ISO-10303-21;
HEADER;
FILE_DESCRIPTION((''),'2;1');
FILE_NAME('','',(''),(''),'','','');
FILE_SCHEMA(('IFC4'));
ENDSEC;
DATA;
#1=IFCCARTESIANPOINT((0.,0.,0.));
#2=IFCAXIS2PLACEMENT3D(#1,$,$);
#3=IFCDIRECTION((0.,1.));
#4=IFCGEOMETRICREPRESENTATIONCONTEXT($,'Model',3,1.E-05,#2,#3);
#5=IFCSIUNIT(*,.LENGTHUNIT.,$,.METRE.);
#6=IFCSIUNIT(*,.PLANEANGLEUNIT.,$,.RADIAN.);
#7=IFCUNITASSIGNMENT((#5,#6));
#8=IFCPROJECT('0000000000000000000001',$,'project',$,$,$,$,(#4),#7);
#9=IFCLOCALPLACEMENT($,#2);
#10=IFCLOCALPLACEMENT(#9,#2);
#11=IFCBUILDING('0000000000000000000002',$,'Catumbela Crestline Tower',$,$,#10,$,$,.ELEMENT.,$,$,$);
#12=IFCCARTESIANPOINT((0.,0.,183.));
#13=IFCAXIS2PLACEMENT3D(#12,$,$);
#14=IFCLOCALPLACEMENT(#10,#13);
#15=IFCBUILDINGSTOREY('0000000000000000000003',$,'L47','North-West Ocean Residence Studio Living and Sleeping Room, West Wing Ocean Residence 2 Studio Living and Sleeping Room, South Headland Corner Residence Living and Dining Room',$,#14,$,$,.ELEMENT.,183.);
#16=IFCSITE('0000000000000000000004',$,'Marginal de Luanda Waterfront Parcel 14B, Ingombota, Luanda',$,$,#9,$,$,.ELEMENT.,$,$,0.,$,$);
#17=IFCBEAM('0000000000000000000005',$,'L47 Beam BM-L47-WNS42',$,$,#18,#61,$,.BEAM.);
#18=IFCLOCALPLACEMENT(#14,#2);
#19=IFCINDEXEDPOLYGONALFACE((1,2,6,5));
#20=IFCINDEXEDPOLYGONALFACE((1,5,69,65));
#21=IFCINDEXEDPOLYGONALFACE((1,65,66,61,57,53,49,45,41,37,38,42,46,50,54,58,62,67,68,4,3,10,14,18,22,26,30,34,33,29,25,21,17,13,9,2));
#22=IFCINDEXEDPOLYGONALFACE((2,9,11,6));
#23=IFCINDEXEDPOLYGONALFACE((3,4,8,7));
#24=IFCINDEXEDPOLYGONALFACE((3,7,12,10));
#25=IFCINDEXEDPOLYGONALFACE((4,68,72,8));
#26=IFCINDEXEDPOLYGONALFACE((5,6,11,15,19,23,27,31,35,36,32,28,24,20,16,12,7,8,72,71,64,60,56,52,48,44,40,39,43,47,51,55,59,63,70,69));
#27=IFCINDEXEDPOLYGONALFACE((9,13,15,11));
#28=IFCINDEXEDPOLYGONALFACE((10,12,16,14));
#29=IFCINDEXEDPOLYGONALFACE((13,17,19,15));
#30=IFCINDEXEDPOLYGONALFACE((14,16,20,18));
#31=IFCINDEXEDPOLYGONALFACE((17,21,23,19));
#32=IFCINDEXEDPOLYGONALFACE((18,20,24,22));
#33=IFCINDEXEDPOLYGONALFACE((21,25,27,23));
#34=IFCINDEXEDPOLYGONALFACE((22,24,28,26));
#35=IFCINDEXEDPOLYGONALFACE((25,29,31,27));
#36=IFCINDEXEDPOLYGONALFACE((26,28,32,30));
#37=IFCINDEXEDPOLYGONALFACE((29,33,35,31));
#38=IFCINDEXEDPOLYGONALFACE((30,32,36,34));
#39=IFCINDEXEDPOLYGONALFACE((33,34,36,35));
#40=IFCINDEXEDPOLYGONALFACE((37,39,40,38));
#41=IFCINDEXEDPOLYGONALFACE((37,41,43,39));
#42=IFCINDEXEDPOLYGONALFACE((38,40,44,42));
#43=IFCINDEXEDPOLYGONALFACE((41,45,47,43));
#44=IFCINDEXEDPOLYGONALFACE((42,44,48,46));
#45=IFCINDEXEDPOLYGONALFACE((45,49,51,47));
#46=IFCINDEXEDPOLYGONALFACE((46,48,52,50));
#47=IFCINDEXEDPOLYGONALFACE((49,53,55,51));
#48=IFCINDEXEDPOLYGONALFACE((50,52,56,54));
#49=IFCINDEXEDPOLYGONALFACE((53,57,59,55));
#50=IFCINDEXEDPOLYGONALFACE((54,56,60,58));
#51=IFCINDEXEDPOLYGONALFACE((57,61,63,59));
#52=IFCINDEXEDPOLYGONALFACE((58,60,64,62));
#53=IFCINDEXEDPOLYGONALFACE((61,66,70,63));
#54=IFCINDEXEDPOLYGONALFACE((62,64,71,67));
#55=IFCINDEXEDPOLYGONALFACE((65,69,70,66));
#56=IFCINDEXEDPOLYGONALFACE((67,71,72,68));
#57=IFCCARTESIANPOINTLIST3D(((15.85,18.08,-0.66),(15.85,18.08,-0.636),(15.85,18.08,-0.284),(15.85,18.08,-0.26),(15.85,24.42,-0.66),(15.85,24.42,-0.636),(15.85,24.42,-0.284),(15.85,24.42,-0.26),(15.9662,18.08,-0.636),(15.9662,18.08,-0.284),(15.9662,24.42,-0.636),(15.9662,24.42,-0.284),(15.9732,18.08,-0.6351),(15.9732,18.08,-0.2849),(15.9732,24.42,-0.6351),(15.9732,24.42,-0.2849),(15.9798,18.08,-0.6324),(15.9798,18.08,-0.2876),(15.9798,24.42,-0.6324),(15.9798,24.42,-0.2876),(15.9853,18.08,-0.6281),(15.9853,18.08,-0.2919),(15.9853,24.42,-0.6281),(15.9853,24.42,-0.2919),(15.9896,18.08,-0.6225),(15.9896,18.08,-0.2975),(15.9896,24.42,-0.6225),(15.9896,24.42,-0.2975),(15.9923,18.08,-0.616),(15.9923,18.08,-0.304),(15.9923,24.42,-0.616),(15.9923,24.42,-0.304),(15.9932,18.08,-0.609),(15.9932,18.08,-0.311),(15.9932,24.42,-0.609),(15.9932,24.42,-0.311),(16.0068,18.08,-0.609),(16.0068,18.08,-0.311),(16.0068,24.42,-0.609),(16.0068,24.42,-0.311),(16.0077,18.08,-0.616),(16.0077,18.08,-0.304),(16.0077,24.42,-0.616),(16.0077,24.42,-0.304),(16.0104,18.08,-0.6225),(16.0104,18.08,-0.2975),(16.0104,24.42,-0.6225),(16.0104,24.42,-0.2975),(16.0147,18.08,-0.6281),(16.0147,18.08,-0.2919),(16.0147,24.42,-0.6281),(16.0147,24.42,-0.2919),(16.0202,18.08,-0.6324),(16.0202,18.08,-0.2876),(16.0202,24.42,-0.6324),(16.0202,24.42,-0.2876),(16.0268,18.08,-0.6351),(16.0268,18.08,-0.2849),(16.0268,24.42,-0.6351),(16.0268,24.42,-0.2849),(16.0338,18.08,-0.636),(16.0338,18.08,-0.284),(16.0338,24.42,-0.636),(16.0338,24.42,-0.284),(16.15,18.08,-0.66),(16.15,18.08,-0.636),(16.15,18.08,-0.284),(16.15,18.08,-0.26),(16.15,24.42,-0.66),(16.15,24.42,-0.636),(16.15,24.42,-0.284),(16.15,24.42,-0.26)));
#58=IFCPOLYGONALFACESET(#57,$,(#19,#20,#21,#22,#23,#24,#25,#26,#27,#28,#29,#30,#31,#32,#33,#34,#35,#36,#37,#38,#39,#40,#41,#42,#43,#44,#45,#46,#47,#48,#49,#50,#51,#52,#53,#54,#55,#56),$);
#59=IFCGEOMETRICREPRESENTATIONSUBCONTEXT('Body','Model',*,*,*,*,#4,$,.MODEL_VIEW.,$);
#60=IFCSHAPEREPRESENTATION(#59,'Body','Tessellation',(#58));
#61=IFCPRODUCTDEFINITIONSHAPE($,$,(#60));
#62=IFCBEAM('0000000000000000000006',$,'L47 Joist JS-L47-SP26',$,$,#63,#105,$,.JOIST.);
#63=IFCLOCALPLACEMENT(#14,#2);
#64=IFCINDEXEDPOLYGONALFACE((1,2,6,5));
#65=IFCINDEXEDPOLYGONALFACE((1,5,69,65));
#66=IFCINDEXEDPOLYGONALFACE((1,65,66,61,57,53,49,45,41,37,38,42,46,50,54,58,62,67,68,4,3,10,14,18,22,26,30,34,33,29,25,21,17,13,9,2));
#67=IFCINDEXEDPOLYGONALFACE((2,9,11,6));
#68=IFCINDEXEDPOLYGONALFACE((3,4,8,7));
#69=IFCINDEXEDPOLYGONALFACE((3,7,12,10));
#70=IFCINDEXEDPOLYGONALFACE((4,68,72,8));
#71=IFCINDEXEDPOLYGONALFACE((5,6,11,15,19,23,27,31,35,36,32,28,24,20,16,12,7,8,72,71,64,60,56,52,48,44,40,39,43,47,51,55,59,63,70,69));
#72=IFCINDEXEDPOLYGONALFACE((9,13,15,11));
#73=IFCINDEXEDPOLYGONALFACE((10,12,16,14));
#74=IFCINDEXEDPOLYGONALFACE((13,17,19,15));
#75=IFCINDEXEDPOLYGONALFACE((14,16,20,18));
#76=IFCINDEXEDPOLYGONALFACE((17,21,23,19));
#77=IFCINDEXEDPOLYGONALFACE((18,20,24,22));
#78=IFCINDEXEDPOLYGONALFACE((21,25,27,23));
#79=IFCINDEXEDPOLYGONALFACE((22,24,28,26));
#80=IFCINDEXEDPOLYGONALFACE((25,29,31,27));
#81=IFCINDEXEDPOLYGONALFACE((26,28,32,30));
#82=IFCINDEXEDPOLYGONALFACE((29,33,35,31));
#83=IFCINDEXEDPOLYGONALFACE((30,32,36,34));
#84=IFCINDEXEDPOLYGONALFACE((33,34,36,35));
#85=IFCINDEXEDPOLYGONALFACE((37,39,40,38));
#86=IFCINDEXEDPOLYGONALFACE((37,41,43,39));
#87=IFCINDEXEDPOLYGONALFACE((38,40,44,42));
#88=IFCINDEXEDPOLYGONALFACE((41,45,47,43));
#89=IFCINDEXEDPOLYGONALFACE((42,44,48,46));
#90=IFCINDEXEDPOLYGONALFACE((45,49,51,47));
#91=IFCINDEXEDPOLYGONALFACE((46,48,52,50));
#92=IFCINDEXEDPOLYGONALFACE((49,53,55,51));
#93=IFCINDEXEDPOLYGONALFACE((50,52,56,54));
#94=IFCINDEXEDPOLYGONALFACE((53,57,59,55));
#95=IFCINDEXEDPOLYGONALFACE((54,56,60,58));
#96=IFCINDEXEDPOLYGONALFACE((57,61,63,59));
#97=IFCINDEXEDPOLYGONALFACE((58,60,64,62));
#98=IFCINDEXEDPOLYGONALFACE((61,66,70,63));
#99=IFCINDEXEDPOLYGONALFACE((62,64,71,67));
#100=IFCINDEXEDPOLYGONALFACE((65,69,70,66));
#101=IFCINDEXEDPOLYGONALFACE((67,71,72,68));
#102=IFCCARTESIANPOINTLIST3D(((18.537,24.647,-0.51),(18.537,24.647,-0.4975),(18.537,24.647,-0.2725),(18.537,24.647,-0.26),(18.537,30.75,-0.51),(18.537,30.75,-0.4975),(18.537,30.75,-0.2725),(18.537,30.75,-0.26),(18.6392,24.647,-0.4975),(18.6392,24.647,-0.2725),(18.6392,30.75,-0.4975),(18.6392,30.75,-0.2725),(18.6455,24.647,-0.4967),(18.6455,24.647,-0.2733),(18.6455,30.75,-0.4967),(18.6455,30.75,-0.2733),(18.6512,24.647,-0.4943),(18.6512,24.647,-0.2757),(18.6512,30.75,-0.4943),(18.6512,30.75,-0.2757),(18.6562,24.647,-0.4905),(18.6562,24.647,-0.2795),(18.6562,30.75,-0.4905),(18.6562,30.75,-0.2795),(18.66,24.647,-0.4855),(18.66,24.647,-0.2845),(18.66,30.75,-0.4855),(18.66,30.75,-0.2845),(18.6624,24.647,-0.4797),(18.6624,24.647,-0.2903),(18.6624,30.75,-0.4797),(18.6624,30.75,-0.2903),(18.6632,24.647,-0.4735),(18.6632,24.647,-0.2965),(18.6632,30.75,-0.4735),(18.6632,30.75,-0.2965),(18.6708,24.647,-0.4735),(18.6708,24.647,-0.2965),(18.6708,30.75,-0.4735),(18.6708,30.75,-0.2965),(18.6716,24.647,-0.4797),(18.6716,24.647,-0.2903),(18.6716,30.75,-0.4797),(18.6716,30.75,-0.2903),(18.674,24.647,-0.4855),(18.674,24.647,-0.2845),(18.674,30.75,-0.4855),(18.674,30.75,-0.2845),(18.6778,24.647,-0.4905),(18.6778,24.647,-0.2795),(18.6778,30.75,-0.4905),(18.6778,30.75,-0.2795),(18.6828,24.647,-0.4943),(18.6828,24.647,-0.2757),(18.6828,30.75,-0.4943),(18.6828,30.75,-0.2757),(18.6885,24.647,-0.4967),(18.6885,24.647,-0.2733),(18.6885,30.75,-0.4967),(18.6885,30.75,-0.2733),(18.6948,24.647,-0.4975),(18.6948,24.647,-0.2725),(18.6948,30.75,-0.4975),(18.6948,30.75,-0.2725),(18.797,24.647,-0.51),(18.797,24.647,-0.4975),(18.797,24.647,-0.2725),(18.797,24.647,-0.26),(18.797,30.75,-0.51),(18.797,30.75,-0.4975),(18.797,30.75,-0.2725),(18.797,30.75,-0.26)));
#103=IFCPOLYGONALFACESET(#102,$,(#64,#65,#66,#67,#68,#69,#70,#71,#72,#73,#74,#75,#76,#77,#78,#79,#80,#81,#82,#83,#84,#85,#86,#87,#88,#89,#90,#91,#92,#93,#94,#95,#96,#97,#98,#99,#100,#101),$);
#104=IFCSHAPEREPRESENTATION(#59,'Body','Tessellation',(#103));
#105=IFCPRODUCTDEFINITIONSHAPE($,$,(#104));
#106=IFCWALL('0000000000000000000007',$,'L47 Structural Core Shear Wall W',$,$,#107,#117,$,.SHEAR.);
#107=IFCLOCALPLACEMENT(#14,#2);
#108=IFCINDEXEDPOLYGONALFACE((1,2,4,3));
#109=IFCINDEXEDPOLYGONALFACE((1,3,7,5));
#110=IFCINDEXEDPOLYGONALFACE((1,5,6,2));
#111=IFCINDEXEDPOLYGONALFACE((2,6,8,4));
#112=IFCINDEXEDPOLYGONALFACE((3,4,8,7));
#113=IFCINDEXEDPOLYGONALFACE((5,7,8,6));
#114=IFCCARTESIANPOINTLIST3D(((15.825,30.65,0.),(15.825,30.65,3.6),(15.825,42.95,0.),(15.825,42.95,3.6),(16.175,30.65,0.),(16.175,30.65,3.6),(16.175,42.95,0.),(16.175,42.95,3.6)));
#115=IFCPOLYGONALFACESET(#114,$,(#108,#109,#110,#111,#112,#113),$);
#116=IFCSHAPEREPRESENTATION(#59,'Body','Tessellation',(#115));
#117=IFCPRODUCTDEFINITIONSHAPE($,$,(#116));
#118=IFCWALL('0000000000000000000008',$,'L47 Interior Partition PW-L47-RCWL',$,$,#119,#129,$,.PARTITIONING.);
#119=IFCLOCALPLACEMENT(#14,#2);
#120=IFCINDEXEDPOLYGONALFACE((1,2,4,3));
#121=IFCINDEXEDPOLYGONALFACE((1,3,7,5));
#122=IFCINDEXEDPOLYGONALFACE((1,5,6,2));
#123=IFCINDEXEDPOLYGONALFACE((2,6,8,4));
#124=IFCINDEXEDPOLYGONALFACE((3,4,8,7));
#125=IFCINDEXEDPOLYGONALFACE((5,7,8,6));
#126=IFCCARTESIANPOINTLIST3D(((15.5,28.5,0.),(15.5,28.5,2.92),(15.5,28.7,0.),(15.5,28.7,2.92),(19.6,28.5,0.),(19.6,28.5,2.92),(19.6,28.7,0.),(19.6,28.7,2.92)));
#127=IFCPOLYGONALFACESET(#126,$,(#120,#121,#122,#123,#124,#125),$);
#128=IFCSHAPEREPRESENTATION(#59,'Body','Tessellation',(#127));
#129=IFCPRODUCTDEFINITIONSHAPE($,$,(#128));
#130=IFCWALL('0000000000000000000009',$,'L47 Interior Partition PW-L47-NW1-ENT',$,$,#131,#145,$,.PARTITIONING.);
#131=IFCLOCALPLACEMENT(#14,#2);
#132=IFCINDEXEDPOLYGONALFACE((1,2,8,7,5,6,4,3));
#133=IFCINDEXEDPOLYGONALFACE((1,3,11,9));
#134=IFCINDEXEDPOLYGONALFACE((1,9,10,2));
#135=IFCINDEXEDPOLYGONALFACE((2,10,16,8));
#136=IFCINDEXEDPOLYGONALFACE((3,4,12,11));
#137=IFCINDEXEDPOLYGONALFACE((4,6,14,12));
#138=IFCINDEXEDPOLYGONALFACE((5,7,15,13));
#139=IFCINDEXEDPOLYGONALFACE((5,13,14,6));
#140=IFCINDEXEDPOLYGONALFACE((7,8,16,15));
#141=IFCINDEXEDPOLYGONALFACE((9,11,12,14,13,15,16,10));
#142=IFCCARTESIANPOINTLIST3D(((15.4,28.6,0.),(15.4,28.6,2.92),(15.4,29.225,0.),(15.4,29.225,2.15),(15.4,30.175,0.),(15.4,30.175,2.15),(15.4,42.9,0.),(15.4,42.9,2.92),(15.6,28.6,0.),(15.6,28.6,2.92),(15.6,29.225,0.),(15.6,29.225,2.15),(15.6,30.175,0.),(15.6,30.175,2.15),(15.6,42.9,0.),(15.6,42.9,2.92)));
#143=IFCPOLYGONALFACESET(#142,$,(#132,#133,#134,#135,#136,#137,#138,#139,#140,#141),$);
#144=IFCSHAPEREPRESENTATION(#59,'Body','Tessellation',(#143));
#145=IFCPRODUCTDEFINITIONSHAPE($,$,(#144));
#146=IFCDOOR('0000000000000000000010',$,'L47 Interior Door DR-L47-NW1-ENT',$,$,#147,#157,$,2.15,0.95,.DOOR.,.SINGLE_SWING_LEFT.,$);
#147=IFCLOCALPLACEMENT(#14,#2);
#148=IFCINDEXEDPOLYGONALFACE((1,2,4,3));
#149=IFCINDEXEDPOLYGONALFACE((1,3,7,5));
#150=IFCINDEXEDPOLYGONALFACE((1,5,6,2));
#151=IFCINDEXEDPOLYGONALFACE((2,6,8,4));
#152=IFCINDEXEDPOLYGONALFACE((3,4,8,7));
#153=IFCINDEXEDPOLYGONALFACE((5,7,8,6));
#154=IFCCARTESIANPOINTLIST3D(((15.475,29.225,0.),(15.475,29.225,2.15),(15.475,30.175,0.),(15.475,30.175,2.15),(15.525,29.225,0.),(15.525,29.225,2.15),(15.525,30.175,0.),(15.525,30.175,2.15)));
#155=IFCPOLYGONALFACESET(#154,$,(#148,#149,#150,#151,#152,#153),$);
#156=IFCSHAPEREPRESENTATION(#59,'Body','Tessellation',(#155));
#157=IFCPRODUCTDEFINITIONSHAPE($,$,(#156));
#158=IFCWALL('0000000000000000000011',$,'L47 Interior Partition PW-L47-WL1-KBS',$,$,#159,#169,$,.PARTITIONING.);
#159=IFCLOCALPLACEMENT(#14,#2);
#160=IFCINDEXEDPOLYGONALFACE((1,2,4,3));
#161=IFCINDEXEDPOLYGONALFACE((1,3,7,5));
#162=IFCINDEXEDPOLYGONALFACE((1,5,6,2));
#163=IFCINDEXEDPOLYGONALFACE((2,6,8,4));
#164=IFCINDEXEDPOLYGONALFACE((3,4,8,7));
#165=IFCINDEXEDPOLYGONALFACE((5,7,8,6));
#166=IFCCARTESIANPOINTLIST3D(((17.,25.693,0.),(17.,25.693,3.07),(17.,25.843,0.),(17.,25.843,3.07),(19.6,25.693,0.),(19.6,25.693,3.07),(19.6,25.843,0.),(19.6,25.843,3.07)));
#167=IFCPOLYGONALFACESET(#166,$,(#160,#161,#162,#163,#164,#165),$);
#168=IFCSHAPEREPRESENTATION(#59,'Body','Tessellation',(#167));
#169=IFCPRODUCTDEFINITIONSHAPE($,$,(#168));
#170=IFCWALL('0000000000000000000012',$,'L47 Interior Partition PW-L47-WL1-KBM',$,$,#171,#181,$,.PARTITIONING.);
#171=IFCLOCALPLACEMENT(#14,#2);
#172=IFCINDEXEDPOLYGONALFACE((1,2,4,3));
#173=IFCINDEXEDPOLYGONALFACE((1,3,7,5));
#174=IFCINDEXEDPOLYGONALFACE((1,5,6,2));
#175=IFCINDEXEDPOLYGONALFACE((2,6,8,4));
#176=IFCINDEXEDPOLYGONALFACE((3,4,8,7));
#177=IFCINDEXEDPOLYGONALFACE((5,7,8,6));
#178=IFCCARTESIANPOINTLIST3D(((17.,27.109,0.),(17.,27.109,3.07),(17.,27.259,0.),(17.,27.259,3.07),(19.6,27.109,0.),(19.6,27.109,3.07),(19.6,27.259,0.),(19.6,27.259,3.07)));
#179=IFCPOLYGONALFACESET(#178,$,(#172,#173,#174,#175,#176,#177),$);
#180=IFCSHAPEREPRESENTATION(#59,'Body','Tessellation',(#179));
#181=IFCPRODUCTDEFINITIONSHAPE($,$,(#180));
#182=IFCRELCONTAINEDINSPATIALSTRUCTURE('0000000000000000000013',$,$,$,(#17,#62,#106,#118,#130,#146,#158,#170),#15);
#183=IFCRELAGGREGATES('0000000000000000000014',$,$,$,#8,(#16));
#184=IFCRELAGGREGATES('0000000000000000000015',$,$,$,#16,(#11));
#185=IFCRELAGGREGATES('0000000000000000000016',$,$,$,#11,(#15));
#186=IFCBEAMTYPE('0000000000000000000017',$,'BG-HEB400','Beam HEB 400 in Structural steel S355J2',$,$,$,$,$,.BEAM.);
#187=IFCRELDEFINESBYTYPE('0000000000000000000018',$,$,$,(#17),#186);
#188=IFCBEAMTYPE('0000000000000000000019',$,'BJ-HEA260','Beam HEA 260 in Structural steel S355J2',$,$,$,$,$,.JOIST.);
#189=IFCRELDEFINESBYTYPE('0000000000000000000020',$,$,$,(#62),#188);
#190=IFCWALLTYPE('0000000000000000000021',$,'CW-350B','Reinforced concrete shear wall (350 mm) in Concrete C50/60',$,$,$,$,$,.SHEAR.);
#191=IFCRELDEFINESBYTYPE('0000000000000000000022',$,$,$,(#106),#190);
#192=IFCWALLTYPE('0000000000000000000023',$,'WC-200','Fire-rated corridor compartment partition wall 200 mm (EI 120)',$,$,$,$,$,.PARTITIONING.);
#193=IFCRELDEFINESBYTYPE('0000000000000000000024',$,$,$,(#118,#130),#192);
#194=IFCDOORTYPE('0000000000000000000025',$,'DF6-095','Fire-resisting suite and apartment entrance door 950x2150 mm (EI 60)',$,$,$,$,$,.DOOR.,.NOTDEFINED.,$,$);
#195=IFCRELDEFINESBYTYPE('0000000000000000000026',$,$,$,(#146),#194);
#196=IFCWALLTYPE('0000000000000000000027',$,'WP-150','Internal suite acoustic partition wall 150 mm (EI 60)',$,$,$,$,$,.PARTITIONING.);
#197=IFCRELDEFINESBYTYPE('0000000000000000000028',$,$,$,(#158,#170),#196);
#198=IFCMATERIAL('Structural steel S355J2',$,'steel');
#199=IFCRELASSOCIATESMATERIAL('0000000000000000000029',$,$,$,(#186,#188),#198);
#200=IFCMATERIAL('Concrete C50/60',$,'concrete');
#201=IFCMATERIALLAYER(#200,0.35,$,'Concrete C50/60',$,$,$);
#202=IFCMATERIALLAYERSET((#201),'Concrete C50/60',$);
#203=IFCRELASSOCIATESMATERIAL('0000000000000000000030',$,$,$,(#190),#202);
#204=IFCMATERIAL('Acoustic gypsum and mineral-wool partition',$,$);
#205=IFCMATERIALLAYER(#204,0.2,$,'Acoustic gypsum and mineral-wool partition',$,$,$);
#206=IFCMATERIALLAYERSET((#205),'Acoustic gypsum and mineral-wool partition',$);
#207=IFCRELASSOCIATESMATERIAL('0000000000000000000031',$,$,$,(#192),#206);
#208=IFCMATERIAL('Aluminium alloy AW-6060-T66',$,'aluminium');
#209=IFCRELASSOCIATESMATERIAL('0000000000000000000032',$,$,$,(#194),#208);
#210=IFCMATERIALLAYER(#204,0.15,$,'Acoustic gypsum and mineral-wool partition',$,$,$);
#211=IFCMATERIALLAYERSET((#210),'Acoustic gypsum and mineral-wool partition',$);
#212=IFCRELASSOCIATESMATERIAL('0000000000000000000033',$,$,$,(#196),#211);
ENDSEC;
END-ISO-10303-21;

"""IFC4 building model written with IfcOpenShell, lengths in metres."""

from ifc_helpers import new_model, si_unit, direction, frame, frame_2d, origin, origin_2d, place, context, subcontext, project, spatial, rectangle, i_section, extrude, material, layer, layer_set, material_profile, profile_set, type_object, element, fill, save


model = new_model("IFC4")

# Units and contexts
model_context = context("Model", 3, precision=1e-05, world=origin(), true_north=direction((0.0, 1.0)))
body_context = subcontext(model_context, "Body", "Model", "MODEL_VIEW")
ifc_project = project(units=[si_unit("LENGTHUNIT", "METRE"), si_unit("PLANEANGLEUNIT", "RADIAN")], contexts=[model_context])

# Site, building, storey
site_placement = place(None, origin())
site = spatial("IfcSite", under=ifc_project, at=site_placement, Name="Marginal de Luanda Waterfront Parcel 14B, Ingombota, Luanda", CompositionType="ELEMENT", RefElevation=0.0)
building_placement = place(site_placement, origin())
building = spatial("IfcBuilding", under=site, at=building_placement, Name="Catumbela Crestline Tower", CompositionType="ELEMENT")
storey_placement = place(building_placement, frame((0.0, 0.0, 183.0)))
storey = spatial("IfcBuildingStorey", under=building, at=storey_placement, Name="L47", Description="North-West Ocean Residence Studio Living and Sleeping Room, West Wing Ocean Residence 2 Studio Living and Sleeping Room, South Headland Corner Residence Living and Dining Room", CompositionType="ELEMENT", Elevation=183.0)

# Shared definitions
ifc_material_1 = material(Name="Concrete C50/60", Category="concrete")

# Beams
ifc_material_2 = material(Name="Structural steel S355J2", Category="steel")
ifc_material_profile_1 = material_profile(ifc_material_2, i_section(OverallWidth=0.3, OverallDepth=0.4, WebThickness=0.0135, FlangeThickness=0.024, FilletRadius=0.027, at=origin_2d()), Name="HEB 400")
ifc_profile_set_1 = profile_set([ifc_material_profile_1], Name="Structural steel S355J2")
beam_type_1 = type_object("IfcBeamType", Name="BG-HEB400", Description="Beam HEB 400 in Structural steel S355J2", PredefinedType="BEAM", material=ifc_profile_set_1)
beam_1_placement = place(storey_placement, frame((16.0, 18.08, -0.46), z_axis=(0.0, 1.0, 0.0), x_axis=(-1.0, 0.0, 0.0)))
element("IfcBeam", 1, at=beam_1_placement, inside=storey, type_object=beam_type_1, Name="L47 Beam BM-L47-WNS42", PredefinedType="BEAM", context=body_context, shape_type="SweptSolid", body=[
    extrude(i_section(OverallWidth=0.3, OverallDepth=0.4, WebThickness=0.0135, FlangeThickness=0.024, FilletRadius=0.027, at=origin_2d()), origin(), (0.0, 0.0, 1.0), 6.34),
])
ifc_material_profile_2 = material_profile(ifc_material_2, i_section(OverallWidth=0.26, OverallDepth=0.25, WebThickness=0.0075, FlangeThickness=0.0125, FilletRadius=0.024, at=origin_2d()), Name="HEA 260")
ifc_profile_set_2 = profile_set([ifc_material_profile_2], Name="Structural steel S355J2")
beam_type_2 = type_object("IfcBeamType", Name="BJ-HEA260", Description="Beam HEA 260 in Structural steel S355J2", PredefinedType="JOIST", material=ifc_profile_set_2)
beam_2_placement = place(storey_placement, frame((18.667, 24.647, -0.385), z_axis=(0.0, 1.0, 0.0), x_axis=(-1.0, 0.0, 0.0)))
element("IfcBeam", 2, at=beam_2_placement, inside=storey, type_object=beam_type_2, Name="L47 Joist JS-L47-SP26", PredefinedType="JOIST", context=body_context, shape_type="SweptSolid", body=[
    extrude(i_section(OverallWidth=0.26, OverallDepth=0.25, WebThickness=0.0075, FlangeThickness=0.0125, FilletRadius=0.024, at=origin_2d()), origin(), (0.0, 0.0, 1.0), 6.103),
])

# Walls
ifc_layer_1 = layer(ifc_material_1, 0.35, Name="Concrete C50/60")
ifc_layer_set_1 = layer_set([ifc_layer_1], Name="Concrete C50/60")
wall_type_1 = type_object("IfcWallType", Name="CW-350B", Description="Reinforced concrete shear wall (350 mm) in Concrete C50/60", PredefinedType="SHEAR", material=ifc_layer_set_1)
wall_1_placement = place(storey_placement, frame((16.0, 30.65, 0.0), z_axis=(0.0, 0.0, 1.0), x_axis=(0.0, 1.0, 0.0)))
element("IfcWall", 3, at=wall_1_placement, inside=storey, type_object=wall_type_1, Name="L47 Structural Core Shear Wall W", PredefinedType="SHEAR", context=body_context, shape_type="SweptSolid", body=[
    extrude(rectangle(XDim=12.3, YDim=0.35, at=frame_2d((6.15, 0.0))), origin(), (0.0, 0.0, 1.0), 3.6),
])
ifc_material_3 = material(Name="Acoustic gypsum and mineral-wool partition")
ifc_layer_2 = layer(ifc_material_3, 0.2, Name="Acoustic gypsum and mineral-wool partition")
ifc_layer_set_2 = layer_set([ifc_layer_2], Name="Acoustic gypsum and mineral-wool partition")
wall_type_2 = type_object("IfcWallType", Name="WC-200", Description="Fire-rated corridor compartment partition wall 200 mm (EI 120)", PredefinedType="PARTITIONING", material=ifc_layer_set_2)
wall_2_placement = place(storey_placement, frame((15.5, 28.6, 0.0), z_axis=(0.0, 0.0, 1.0), x_axis=(1.0, 0.0, 0.0)))
element("IfcWall", 4, at=wall_2_placement, inside=storey, type_object=wall_type_2, Name="L47 Interior Partition PW-L47-RCWL", PredefinedType="PARTITIONING", context=body_context, shape_type="SweptSolid", body=[
    extrude(rectangle(XDim=4.1, YDim=0.2, at=frame_2d((2.05, 0.0))), origin(), (0.0, 0.0, 1.0), 2.92),
])

# Wall, opening, door
wall_3_placement = place(storey_placement, frame((15.5, 28.6, 0.0), z_axis=(0.0, 0.0, 1.0), x_axis=(0.0, 1.0, 0.0)))
wall_3 = element("IfcWall", 5, at=wall_3_placement, inside=storey, type_object=wall_type_2, Name="L47 Interior Partition PW-L47-NW1-ENT", PredefinedType="PARTITIONING", context=body_context, shape_type="SweptSolid", body=[
    extrude(rectangle(XDim=14.3, YDim=0.2, at=frame_2d((7.15, 0.0))), origin(), (0.0, 0.0, 1.0), 2.92),
])
opening_1_placement = place(wall_3_placement, frame((0.625, 0.0, 0.0)))
opening_1 = element("IfcOpeningElement", 6, at=opening_1_placement, cuts=wall_3, PredefinedType="OPENING", context=body_context, shape_type="SweptSolid", body=[
    extrude(rectangle(XDim=0.95, YDim=2.15, at=frame_2d((0.475, 1.075))), frame((0.0, 0.11, 0.0), z_axis=(0.0, -1.0, 0.0), x_axis=(1.0, 0.0, 0.0)), (0.0, 0.0, 1.0), 0.22),
])
ifc_material_4 = material(Name="Aluminium alloy AW-6060-T66", Category="aluminium")
door_type_1 = type_object("IfcDoorType", Name="DF6-095", Description="Fire-resisting suite and apartment entrance door 950x2150 mm (EI 60)", OperationType="NOTDEFINED", PredefinedType="DOOR", material=ifc_material_4)
door_1_placement = place(opening_1_placement, origin())
door_1 = element("IfcDoor", 7, at=door_1_placement, inside=storey, type_object=door_type_1, Name="L47 Interior Door DR-L47-NW1-ENT", OperationType="SINGLE_SWING_LEFT", OverallHeight=2.15, OverallWidth=0.95, PredefinedType="DOOR", context=body_context, shape_type="SweptSolid", body=[
    extrude(rectangle(XDim=0.95, YDim=2.15, at=frame_2d((0.475, 1.075))), frame((0.0, 0.025, 0.0), z_axis=(0.0, -1.0, 0.0), x_axis=(1.0, 0.0, 0.0)), (0.0, 0.0, 1.0), 0.05),
])
fill(opening_1, door_1)

# Walls
ifc_layer_3 = layer(ifc_material_3, 0.15, Name="Acoustic gypsum and mineral-wool partition")
ifc_layer_set_3 = layer_set([ifc_layer_3], Name="Acoustic gypsum and mineral-wool partition")
wall_type_3 = type_object("IfcWallType", Name="WP-150", Description="Internal suite acoustic partition wall 150 mm (EI 60)", PredefinedType="PARTITIONING", material=ifc_layer_set_3)
for number, where, z_axis, x_axis, name in (
    (8, (17.0, 25.768, 0.0), (0.0, 0.0, 1.0), (1.0, 0.0, 0.0), "L47 Interior Partition PW-L47-WL1-KBS"),
    (9, (17.0, 27.184, 0.0), (0.0, 0.0, 1.0), (1.0, 0.0, 0.0), "L47 Interior Partition PW-L47-WL1-KBM"),
):
    element("IfcWall", number, at=place(storey_placement, frame(where, z_axis=z_axis, x_axis=x_axis)), inside=storey, type_object=wall_type_3, Name=name, PredefinedType="PARTITIONING", context=body_context, shape_type="SweptSolid", body=[
        extrude(rectangle(XDim=2.6, YDim=0.15, at=frame_2d((1.3, 0.0))), origin(), (0.0, 0.0, 1.0), 3.07),
    ])

save(model, "model.ifc")
